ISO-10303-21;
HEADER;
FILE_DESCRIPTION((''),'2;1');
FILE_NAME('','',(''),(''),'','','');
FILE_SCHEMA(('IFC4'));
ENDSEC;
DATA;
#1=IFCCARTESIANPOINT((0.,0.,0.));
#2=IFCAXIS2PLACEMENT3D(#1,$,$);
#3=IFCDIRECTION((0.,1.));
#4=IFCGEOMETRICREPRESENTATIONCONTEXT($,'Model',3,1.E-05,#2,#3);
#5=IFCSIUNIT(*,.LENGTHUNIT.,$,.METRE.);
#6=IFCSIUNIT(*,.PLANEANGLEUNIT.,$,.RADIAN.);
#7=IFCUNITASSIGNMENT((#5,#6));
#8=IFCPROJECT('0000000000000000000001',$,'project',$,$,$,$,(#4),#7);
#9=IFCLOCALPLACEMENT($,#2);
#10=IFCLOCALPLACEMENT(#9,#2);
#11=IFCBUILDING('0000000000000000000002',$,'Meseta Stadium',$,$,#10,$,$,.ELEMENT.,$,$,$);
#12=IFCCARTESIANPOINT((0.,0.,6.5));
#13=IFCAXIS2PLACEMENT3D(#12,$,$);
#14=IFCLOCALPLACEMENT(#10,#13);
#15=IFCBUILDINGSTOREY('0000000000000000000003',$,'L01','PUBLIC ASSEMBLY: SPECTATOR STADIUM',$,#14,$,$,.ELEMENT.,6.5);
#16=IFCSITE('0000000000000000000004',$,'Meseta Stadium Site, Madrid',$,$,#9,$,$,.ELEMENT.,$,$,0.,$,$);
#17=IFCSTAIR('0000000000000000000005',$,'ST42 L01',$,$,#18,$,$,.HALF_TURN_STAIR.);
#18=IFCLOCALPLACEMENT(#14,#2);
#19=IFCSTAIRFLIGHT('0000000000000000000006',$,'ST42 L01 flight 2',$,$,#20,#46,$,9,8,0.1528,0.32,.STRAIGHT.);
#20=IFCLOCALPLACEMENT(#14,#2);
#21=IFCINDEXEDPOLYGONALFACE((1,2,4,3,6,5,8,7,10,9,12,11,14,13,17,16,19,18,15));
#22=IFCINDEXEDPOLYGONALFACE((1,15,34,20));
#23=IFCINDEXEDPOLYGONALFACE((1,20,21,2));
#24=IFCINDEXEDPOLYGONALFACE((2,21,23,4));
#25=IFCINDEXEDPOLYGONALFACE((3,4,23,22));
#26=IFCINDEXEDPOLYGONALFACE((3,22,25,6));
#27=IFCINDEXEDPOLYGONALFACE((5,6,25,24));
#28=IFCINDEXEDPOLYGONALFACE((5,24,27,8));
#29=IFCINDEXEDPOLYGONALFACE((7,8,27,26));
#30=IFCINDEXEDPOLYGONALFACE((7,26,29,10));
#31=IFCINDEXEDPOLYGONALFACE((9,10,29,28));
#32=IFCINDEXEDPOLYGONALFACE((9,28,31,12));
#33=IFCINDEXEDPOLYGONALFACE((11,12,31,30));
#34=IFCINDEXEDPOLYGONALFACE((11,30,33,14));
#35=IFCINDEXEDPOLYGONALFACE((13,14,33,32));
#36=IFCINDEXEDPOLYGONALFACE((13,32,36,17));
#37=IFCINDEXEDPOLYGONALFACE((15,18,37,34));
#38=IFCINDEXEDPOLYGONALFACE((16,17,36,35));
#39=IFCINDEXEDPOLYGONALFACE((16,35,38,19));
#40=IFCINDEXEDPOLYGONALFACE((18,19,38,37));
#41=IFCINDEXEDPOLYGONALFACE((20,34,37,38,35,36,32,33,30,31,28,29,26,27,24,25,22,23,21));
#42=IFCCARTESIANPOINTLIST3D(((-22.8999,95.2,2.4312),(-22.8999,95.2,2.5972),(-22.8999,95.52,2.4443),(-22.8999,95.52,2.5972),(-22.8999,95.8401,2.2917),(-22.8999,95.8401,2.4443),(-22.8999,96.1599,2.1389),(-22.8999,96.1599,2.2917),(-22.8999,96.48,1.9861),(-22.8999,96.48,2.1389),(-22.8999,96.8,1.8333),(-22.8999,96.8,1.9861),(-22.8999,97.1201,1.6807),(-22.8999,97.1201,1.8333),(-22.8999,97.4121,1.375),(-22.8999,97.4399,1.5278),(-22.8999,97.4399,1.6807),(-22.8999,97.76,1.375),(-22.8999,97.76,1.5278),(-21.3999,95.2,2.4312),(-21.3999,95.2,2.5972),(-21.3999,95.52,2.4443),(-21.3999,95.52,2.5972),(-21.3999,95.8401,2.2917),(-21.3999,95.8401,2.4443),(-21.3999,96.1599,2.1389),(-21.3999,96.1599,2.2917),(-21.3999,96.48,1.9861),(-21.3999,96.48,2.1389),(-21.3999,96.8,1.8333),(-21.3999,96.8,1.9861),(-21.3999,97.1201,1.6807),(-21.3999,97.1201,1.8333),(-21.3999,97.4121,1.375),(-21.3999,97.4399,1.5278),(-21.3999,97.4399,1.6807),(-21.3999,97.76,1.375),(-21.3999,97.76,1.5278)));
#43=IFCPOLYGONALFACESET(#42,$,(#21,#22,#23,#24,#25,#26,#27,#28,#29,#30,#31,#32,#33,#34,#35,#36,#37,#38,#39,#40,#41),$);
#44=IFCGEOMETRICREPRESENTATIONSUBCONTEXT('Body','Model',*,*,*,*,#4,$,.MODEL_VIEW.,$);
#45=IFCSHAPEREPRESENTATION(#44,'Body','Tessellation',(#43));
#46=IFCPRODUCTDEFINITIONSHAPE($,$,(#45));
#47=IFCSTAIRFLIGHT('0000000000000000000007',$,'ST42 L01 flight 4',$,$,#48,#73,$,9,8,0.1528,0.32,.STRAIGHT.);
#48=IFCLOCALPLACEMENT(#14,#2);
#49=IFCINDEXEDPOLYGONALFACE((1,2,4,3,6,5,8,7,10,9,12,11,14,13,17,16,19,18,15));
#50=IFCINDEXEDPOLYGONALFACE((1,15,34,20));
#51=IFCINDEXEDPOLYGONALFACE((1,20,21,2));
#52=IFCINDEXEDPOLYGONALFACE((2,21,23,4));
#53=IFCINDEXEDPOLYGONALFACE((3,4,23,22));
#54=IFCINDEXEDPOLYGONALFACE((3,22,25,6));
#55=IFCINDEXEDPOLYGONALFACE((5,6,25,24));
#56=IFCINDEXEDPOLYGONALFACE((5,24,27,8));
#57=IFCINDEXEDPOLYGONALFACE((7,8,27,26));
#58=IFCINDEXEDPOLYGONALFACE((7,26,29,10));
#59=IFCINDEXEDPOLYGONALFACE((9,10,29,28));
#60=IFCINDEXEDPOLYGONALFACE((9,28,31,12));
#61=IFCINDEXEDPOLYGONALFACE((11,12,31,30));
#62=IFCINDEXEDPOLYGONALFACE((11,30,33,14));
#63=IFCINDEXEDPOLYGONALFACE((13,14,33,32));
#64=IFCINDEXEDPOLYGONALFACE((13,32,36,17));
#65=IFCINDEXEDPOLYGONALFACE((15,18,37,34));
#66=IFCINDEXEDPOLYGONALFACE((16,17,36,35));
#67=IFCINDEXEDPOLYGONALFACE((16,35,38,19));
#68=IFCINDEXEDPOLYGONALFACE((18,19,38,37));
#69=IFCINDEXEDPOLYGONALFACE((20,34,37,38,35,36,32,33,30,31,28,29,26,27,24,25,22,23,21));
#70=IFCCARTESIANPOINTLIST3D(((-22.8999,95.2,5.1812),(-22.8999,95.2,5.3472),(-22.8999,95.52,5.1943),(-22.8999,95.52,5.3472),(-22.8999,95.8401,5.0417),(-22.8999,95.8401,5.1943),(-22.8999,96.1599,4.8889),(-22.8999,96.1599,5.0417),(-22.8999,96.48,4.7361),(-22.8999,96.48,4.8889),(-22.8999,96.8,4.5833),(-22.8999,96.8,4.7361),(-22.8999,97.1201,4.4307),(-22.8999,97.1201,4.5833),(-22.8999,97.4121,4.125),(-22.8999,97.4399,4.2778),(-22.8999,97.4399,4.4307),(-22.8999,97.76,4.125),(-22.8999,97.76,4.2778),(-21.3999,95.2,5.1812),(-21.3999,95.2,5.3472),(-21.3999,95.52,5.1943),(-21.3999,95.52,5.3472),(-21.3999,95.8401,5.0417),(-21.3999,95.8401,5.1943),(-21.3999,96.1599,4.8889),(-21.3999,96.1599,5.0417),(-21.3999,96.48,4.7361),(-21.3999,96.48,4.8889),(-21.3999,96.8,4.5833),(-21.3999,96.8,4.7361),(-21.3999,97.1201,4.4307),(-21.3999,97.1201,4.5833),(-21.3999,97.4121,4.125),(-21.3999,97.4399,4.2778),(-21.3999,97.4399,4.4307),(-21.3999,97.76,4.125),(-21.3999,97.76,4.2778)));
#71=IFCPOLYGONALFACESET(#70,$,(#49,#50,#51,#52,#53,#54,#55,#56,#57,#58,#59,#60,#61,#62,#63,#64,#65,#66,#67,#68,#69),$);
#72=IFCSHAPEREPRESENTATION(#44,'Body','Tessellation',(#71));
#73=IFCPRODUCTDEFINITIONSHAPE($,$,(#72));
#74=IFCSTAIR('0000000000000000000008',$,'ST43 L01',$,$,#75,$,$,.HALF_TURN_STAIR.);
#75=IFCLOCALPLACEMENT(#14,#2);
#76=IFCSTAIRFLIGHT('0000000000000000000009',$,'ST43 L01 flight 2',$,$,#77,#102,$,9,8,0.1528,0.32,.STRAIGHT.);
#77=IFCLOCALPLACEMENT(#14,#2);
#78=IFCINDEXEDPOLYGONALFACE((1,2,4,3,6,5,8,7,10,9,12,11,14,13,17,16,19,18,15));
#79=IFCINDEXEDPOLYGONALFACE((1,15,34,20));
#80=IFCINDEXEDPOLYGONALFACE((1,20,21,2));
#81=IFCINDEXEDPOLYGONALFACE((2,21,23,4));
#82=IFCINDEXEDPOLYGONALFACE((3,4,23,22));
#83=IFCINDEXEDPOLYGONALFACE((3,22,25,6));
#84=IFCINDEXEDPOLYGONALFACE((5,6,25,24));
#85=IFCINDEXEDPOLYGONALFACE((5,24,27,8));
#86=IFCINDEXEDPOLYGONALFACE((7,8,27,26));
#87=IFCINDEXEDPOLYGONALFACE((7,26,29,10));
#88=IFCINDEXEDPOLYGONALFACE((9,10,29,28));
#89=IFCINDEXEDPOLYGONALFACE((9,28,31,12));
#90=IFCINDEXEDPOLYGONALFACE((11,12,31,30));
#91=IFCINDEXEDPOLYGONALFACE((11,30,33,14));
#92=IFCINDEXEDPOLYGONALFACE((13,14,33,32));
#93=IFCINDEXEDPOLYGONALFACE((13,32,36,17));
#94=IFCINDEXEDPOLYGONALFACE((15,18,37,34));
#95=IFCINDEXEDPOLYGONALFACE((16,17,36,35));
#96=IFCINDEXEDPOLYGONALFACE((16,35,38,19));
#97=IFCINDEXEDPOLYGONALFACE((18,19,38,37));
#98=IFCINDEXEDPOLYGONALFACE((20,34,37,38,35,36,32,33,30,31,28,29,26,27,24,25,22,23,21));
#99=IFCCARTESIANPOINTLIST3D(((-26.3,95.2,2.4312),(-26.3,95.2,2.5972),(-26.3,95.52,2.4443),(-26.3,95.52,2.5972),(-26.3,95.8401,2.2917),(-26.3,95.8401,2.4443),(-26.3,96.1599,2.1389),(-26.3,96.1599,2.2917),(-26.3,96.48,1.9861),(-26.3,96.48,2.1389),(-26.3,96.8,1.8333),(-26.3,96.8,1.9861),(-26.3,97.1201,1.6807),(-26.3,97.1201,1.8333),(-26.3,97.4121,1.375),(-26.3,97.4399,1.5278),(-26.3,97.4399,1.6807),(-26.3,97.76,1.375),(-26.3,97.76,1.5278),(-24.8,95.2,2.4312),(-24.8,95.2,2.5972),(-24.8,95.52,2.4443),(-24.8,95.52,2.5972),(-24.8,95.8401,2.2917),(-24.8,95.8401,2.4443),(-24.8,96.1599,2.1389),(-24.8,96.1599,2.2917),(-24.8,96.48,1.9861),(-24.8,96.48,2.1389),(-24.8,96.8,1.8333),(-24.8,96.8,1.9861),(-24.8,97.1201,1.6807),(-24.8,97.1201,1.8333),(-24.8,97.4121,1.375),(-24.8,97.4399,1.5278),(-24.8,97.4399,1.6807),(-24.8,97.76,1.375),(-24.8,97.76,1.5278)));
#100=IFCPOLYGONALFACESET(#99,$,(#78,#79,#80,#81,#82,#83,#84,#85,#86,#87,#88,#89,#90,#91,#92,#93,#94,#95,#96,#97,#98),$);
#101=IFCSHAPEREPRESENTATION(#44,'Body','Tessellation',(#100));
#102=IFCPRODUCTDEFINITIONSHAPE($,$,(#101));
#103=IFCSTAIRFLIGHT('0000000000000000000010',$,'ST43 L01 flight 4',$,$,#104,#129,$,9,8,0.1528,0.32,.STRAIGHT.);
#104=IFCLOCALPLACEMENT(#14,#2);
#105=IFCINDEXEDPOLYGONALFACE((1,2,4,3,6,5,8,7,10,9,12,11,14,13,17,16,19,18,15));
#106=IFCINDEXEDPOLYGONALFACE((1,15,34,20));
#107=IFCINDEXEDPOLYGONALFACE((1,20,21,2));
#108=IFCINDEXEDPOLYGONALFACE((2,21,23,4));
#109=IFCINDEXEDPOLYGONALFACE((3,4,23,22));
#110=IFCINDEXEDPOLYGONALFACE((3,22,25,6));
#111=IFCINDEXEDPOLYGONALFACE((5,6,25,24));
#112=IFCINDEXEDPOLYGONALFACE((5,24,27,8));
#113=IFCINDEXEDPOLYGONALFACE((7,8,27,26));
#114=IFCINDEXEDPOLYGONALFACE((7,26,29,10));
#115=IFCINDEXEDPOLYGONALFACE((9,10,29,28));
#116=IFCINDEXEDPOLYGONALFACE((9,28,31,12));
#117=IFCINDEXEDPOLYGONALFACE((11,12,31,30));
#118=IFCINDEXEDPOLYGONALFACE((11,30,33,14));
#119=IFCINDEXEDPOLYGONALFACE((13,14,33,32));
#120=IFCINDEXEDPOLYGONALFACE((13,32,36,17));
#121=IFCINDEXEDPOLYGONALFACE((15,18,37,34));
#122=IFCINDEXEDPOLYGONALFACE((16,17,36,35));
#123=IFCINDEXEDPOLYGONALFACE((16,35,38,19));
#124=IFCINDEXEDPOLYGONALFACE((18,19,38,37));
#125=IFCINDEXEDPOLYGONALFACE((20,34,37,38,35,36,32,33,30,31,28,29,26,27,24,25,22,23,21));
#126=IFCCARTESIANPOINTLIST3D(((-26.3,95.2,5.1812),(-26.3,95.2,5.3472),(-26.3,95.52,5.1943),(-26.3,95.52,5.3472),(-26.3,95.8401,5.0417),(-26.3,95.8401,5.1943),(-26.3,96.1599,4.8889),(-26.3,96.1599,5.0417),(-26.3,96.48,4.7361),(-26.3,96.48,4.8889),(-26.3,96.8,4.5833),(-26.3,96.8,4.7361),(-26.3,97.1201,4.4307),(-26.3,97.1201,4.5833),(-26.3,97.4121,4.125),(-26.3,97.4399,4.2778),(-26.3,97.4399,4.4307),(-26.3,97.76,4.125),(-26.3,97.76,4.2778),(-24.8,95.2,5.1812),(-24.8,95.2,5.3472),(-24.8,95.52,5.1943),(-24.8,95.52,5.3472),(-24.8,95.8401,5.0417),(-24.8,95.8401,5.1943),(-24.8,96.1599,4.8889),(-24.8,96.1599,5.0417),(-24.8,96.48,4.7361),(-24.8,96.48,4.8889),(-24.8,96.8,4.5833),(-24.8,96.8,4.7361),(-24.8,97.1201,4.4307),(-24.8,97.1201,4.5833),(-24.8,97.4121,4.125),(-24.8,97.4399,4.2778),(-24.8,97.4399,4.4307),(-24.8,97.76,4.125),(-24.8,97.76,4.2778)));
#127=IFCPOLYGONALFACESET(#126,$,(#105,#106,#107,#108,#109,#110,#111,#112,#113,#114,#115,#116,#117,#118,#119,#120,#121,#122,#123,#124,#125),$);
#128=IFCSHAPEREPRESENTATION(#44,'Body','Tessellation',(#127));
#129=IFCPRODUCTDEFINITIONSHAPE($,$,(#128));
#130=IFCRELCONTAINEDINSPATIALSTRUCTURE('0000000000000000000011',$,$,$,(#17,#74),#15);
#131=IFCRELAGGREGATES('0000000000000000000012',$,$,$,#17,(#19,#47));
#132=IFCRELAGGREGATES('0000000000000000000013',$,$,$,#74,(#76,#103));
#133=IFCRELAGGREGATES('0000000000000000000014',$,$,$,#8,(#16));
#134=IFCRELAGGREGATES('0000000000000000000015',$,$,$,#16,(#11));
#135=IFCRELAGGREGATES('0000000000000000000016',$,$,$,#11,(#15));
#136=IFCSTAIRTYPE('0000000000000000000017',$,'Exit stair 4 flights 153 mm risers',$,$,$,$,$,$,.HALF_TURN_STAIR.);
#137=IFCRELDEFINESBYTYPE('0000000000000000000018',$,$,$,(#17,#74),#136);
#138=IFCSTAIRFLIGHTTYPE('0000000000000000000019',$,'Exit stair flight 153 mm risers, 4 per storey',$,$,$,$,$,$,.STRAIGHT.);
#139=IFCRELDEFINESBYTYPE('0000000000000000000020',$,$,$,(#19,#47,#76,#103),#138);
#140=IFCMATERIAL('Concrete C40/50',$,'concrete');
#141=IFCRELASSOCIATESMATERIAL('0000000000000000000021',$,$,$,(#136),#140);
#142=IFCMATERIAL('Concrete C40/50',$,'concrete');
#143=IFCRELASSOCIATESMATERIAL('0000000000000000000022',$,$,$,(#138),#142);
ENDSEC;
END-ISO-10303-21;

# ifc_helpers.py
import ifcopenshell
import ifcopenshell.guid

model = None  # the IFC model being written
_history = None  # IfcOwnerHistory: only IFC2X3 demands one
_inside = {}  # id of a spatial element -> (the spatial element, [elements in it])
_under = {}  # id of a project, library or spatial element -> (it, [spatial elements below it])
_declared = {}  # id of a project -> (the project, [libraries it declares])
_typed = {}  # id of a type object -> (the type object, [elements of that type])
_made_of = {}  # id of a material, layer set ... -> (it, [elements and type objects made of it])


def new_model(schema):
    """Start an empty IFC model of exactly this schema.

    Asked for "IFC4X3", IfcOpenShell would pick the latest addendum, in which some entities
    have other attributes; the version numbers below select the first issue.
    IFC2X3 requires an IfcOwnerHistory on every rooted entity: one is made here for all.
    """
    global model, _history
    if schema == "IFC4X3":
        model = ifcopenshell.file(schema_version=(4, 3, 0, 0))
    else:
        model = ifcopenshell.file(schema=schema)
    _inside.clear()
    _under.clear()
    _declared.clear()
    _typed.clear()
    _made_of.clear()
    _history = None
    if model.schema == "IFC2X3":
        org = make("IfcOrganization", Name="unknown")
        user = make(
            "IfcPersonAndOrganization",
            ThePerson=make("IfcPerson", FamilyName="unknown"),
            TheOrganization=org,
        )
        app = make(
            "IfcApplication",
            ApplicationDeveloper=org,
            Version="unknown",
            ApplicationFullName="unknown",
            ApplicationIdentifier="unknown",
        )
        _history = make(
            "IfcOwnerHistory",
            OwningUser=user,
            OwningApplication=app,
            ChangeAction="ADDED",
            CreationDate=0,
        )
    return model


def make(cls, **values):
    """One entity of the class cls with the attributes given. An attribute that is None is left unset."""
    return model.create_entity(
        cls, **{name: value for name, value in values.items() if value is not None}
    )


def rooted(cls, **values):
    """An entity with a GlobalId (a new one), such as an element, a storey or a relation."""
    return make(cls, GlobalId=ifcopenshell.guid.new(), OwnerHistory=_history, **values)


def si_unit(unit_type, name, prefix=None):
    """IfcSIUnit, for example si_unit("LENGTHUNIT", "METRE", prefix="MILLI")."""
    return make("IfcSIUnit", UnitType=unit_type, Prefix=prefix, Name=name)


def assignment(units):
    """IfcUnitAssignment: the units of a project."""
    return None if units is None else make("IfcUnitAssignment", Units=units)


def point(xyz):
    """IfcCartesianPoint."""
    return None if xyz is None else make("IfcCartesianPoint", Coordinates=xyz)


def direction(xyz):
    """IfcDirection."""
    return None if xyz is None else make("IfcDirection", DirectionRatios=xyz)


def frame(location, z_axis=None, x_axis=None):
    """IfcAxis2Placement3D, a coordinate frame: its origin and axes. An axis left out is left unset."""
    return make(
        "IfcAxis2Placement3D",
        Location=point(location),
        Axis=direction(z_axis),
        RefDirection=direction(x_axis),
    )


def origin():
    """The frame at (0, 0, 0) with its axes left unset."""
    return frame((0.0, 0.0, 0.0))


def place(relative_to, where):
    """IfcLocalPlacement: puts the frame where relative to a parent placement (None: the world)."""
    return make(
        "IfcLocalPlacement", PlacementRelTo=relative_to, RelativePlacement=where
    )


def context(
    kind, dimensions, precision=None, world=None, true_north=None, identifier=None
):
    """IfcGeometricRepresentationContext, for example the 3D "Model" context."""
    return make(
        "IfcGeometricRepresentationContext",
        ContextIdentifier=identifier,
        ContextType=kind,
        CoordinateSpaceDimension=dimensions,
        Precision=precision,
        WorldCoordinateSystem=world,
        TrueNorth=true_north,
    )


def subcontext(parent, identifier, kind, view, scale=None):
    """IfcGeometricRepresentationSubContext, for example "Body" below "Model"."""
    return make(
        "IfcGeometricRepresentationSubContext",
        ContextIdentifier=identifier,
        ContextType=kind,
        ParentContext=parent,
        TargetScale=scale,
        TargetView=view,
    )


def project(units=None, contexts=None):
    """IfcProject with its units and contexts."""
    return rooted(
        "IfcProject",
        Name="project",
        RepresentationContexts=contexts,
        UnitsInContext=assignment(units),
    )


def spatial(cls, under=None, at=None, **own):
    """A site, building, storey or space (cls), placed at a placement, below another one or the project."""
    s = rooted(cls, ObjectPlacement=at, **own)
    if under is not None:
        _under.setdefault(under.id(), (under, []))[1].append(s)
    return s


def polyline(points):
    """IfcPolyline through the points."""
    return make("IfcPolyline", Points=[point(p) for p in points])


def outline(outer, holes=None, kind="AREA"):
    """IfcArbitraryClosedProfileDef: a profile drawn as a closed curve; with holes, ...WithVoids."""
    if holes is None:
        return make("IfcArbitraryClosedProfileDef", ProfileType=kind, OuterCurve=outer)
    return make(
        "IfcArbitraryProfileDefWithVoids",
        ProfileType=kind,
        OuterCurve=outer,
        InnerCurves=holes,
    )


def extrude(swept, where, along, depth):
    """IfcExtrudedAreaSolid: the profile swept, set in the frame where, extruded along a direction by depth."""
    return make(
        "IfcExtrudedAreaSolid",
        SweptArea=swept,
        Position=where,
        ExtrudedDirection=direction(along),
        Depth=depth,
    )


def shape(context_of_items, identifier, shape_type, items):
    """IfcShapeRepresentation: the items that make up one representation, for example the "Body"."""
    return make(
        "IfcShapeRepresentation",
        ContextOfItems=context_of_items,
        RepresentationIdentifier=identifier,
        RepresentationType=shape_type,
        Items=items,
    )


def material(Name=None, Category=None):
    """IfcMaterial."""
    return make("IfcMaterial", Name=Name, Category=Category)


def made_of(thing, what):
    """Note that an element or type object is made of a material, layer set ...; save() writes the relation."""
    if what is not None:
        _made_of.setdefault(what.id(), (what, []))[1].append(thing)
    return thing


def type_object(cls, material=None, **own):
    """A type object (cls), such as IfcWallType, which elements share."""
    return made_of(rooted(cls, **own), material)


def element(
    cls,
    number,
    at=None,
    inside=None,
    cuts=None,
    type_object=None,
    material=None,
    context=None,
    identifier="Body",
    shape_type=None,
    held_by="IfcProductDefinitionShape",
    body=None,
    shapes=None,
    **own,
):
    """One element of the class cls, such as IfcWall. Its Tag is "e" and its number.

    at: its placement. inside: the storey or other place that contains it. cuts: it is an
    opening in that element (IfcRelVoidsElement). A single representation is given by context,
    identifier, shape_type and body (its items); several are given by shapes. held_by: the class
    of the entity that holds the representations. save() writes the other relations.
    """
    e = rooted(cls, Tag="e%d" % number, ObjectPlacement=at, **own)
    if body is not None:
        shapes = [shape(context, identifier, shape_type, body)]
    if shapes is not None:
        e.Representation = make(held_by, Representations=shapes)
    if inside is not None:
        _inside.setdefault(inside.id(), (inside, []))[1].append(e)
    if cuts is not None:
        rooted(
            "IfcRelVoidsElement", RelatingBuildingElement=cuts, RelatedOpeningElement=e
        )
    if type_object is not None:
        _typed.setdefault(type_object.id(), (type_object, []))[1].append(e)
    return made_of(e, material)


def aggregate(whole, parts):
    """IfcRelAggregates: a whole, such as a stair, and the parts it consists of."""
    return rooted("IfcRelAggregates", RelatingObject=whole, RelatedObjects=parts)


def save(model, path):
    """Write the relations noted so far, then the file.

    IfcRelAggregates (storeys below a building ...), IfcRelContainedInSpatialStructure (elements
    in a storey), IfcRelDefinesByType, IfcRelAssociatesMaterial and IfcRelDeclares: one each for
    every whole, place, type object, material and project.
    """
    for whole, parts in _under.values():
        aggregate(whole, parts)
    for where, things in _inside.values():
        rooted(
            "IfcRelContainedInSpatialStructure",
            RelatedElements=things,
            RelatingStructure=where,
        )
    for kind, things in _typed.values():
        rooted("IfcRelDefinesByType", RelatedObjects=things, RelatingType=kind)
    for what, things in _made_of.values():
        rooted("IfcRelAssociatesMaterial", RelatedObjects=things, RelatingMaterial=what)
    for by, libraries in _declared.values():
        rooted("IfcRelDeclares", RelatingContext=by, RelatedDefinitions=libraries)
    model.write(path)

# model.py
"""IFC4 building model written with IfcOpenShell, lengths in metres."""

from ifc_helpers import new_model, si_unit, direction, frame, origin, place, context, subcontext, project, spatial, polyline, outline, extrude, material, type_object, element, aggregate, save


model = new_model("IFC4")

# Units and contexts
model_context = context("Model", 3, precision=1e-05, world=origin(), true_north=direction((0.0, 1.0)))
body_context = subcontext(model_context, "Body", "Model", "MODEL_VIEW")
ifc_project = project(units=[si_unit("LENGTHUNIT", "METRE"), si_unit("PLANEANGLEUNIT", "RADIAN")], contexts=[model_context])

# Site, building, storey
site_placement = place(None, origin())
site = spatial("IfcSite", under=ifc_project, at=site_placement, Name="Meseta Stadium Site, Madrid", CompositionType="ELEMENT", RefElevation=0.0)
building_placement = place(site_placement, origin())
building = spatial("IfcBuilding", under=site, at=building_placement, Name="Meseta Stadium", CompositionType="ELEMENT")
storey_placement = place(building_placement, frame((0.0, 0.0, 6.5)))
storey = spatial("IfcBuildingStorey", under=building, at=storey_placement, Name="L01", Description="PUBLIC ASSEMBLY: SPECTATOR STADIUM", CompositionType="ELEMENT", Elevation=6.5)

# Stairs, stair flights
ifc_material_1 = material(Name="Concrete C40/50", Category="concrete")
stair_type = type_object("IfcStairType", Name="Exit stair 4 flights 153 mm risers", PredefinedType="HALF_TURN_STAIR", material=ifc_material_1)
ifc_material_2 = material(Name="Concrete C40/50", Category="concrete")
stair_flight_type = type_object("IfcStairFlightType", Name="Exit stair flight 153 mm risers, 4 per storey", PredefinedType="STRAIGHT", material=ifc_material_2)
stair_1_placement = place(storey_placement, origin())
stair_1 = element("IfcStair", 1, at=stair_1_placement, inside=storey, type_object=stair_type, Name="ST42 L01", PredefinedType="HALF_TURN_STAIR")
stair_flight_1_placement = place(storey_placement, frame((-22.1499, 97.76, 1.375), z_axis=(0.0, 0.0, 1.0), x_axis=(0.0, -1.0, 0.0)))
stair_flight_1 = element("IfcStairFlight", 2, at=stair_flight_1_placement, type_object=stair_flight_type, Name="ST42 L01 flight 2", NumberOfRisers=9, NumberOfTreads=8, PredefinedType="STRAIGHT", RiserHeight=0.1528, TreadLength=0.32, context=body_context, shape_type="SweptSolid", body=[
    extrude(outline(polyline([(0.0, 0.0), (0.0, 0.1528), (0.3201, 0.1528), (0.3201, 0.3057), (0.6399, 0.3057), (0.6399, 0.4583), (0.96, 0.4583), (0.96, 0.6111), (1.28, 0.6111), (1.28, 0.7639), (1.6001, 0.7639), (1.6001, 0.9167), (1.9199, 0.9167), (1.9199, 1.0693), (2.24, 1.0693), (2.24, 1.2222), (2.5601, 1.2222), (2.5601, 1.0562), (0.3479, 0.0), (0.0, 0.0)])), frame((0.0, 0.75, 0.0), z_axis=(0.0, -1.0, 0.0), x_axis=(1.0, 0.0, 0.0)), (0.0, 0.0, 1.0), 1.5),
])
stair_flight_2_placement = place(storey_placement, frame((-22.1499, 97.76, 4.125), z_axis=(0.0, 0.0, 1.0), x_axis=(0.0, -1.0, 0.0)))
stair_flight_2 = element("IfcStairFlight", 3, at=stair_flight_2_placement, type_object=stair_flight_type, Name="ST42 L01 flight 4", NumberOfRisers=9, NumberOfTreads=8, PredefinedType="STRAIGHT", RiserHeight=0.1528, TreadLength=0.32, context=body_context, shape_type="SweptSolid", body=[
    extrude(outline(polyline([(0.0, 0.0), (0.0, 0.1528), (0.3201, 0.1528), (0.3201, 0.3057), (0.6399, 0.3057), (0.6399, 0.4583), (0.96, 0.4583), (0.96, 0.6111), (1.28, 0.6111), (1.28, 0.7639), (1.6001, 0.7639), (1.6001, 0.9167), (1.9199, 0.9167), (1.9199, 1.0693), (2.24, 1.0693), (2.24, 1.2222), (2.5601, 1.2222), (2.5601, 1.0562), (0.3479, 0.0), (0.0, 0.0)])), frame((0.0, 0.75, 0.0), z_axis=(0.0, -1.0, 0.0), x_axis=(1.0, 0.0, 0.0)), (0.0, 0.0, 1.0), 1.5),
])
aggregate(stair_1, [stair_flight_1, stair_flight_2])
stair_2_placement = place(storey_placement, origin())
stair_2 = element("IfcStair", 4, at=stair_2_placement, inside=storey, type_object=stair_type, Name="ST43 L01", PredefinedType="HALF_TURN_STAIR")
stair_flight_3_placement = place(storey_placement, frame((-25.55, 97.76, 1.375), z_axis=(0.0, 0.0, 1.0), x_axis=(0.0, -1.0, 0.0)))
stair_flight_3 = element("IfcStairFlight", 5, at=stair_flight_3_placement, type_object=stair_flight_type, Name="ST43 L01 flight 2", NumberOfRisers=9, NumberOfTreads=8, PredefinedType="STRAIGHT", RiserHeight=0.1528, TreadLength=0.32, context=body_context, shape_type="SweptSolid", body=[
    extrude(outline(polyline([(0.0, 0.0), (0.0, 0.1528), (0.3201, 0.1528), (0.3201, 0.3057), (0.6399, 0.3057), (0.6399, 0.4583), (0.96, 0.4583), (0.96, 0.6111), (1.28, 0.6111), (1.28, 0.7639), (1.6001, 0.7639), (1.6001, 0.9167), (1.9199, 0.9167), (1.9199, 1.0693), (2.24, 1.0693), (2.24, 1.2222), (2.5601, 1.2222), (2.5601, 1.0562), (0.3479, 0.0), (0.0, 0.0)])), frame((0.0, 0.75, 0.0), z_axis=(0.0, -1.0, 0.0), x_axis=(1.0, 0.0, 0.0)), (0.0, 0.0, 1.0), 1.5),
])
stair_flight_4_placement = place(storey_placement, frame((-25.55, 97.76, 4.125), z_axis=(0.0, 0.0, 1.0), x_axis=(0.0, -1.0, 0.0)))
stair_flight_4 = element("IfcStairFlight", 6, at=stair_flight_4_placement, type_object=stair_flight_type, Name="ST43 L01 flight 4", NumberOfRisers=9, NumberOfTreads=8, PredefinedType="STRAIGHT", RiserHeight=0.1528, TreadLength=0.32, context=body_context, shape_type="SweptSolid", body=[
    extrude(outline(polyline([(0.0, 0.0), (0.0, 0.1528), (0.3201, 0.1528), (0.3201, 0.3057), (0.6399, 0.3057), (0.6399, 0.4583), (0.96, 0.4583), (0.96, 0.6111), (1.28, 0.6111), (1.28, 0.7639), (1.6001, 0.7639), (1.6001, 0.9167), (1.9199, 0.9167), (1.9199, 1.0693), (2.24, 1.0693), (2.24, 1.2222), (2.5601, 1.2222), (2.5601, 1.0562), (0.3479, 0.0), (0.0, 0.0)])), frame((0.0, 0.75, 0.0), z_axis=(0.0, -1.0, 0.0), x_axis=(1.0, 0.0, 0.0)), (0.0, 0.0, 1.0), 1.5),
])
aggregate(stair_2, [stair_flight_3, stair_flight_4])

save(model, "model.ifc")
